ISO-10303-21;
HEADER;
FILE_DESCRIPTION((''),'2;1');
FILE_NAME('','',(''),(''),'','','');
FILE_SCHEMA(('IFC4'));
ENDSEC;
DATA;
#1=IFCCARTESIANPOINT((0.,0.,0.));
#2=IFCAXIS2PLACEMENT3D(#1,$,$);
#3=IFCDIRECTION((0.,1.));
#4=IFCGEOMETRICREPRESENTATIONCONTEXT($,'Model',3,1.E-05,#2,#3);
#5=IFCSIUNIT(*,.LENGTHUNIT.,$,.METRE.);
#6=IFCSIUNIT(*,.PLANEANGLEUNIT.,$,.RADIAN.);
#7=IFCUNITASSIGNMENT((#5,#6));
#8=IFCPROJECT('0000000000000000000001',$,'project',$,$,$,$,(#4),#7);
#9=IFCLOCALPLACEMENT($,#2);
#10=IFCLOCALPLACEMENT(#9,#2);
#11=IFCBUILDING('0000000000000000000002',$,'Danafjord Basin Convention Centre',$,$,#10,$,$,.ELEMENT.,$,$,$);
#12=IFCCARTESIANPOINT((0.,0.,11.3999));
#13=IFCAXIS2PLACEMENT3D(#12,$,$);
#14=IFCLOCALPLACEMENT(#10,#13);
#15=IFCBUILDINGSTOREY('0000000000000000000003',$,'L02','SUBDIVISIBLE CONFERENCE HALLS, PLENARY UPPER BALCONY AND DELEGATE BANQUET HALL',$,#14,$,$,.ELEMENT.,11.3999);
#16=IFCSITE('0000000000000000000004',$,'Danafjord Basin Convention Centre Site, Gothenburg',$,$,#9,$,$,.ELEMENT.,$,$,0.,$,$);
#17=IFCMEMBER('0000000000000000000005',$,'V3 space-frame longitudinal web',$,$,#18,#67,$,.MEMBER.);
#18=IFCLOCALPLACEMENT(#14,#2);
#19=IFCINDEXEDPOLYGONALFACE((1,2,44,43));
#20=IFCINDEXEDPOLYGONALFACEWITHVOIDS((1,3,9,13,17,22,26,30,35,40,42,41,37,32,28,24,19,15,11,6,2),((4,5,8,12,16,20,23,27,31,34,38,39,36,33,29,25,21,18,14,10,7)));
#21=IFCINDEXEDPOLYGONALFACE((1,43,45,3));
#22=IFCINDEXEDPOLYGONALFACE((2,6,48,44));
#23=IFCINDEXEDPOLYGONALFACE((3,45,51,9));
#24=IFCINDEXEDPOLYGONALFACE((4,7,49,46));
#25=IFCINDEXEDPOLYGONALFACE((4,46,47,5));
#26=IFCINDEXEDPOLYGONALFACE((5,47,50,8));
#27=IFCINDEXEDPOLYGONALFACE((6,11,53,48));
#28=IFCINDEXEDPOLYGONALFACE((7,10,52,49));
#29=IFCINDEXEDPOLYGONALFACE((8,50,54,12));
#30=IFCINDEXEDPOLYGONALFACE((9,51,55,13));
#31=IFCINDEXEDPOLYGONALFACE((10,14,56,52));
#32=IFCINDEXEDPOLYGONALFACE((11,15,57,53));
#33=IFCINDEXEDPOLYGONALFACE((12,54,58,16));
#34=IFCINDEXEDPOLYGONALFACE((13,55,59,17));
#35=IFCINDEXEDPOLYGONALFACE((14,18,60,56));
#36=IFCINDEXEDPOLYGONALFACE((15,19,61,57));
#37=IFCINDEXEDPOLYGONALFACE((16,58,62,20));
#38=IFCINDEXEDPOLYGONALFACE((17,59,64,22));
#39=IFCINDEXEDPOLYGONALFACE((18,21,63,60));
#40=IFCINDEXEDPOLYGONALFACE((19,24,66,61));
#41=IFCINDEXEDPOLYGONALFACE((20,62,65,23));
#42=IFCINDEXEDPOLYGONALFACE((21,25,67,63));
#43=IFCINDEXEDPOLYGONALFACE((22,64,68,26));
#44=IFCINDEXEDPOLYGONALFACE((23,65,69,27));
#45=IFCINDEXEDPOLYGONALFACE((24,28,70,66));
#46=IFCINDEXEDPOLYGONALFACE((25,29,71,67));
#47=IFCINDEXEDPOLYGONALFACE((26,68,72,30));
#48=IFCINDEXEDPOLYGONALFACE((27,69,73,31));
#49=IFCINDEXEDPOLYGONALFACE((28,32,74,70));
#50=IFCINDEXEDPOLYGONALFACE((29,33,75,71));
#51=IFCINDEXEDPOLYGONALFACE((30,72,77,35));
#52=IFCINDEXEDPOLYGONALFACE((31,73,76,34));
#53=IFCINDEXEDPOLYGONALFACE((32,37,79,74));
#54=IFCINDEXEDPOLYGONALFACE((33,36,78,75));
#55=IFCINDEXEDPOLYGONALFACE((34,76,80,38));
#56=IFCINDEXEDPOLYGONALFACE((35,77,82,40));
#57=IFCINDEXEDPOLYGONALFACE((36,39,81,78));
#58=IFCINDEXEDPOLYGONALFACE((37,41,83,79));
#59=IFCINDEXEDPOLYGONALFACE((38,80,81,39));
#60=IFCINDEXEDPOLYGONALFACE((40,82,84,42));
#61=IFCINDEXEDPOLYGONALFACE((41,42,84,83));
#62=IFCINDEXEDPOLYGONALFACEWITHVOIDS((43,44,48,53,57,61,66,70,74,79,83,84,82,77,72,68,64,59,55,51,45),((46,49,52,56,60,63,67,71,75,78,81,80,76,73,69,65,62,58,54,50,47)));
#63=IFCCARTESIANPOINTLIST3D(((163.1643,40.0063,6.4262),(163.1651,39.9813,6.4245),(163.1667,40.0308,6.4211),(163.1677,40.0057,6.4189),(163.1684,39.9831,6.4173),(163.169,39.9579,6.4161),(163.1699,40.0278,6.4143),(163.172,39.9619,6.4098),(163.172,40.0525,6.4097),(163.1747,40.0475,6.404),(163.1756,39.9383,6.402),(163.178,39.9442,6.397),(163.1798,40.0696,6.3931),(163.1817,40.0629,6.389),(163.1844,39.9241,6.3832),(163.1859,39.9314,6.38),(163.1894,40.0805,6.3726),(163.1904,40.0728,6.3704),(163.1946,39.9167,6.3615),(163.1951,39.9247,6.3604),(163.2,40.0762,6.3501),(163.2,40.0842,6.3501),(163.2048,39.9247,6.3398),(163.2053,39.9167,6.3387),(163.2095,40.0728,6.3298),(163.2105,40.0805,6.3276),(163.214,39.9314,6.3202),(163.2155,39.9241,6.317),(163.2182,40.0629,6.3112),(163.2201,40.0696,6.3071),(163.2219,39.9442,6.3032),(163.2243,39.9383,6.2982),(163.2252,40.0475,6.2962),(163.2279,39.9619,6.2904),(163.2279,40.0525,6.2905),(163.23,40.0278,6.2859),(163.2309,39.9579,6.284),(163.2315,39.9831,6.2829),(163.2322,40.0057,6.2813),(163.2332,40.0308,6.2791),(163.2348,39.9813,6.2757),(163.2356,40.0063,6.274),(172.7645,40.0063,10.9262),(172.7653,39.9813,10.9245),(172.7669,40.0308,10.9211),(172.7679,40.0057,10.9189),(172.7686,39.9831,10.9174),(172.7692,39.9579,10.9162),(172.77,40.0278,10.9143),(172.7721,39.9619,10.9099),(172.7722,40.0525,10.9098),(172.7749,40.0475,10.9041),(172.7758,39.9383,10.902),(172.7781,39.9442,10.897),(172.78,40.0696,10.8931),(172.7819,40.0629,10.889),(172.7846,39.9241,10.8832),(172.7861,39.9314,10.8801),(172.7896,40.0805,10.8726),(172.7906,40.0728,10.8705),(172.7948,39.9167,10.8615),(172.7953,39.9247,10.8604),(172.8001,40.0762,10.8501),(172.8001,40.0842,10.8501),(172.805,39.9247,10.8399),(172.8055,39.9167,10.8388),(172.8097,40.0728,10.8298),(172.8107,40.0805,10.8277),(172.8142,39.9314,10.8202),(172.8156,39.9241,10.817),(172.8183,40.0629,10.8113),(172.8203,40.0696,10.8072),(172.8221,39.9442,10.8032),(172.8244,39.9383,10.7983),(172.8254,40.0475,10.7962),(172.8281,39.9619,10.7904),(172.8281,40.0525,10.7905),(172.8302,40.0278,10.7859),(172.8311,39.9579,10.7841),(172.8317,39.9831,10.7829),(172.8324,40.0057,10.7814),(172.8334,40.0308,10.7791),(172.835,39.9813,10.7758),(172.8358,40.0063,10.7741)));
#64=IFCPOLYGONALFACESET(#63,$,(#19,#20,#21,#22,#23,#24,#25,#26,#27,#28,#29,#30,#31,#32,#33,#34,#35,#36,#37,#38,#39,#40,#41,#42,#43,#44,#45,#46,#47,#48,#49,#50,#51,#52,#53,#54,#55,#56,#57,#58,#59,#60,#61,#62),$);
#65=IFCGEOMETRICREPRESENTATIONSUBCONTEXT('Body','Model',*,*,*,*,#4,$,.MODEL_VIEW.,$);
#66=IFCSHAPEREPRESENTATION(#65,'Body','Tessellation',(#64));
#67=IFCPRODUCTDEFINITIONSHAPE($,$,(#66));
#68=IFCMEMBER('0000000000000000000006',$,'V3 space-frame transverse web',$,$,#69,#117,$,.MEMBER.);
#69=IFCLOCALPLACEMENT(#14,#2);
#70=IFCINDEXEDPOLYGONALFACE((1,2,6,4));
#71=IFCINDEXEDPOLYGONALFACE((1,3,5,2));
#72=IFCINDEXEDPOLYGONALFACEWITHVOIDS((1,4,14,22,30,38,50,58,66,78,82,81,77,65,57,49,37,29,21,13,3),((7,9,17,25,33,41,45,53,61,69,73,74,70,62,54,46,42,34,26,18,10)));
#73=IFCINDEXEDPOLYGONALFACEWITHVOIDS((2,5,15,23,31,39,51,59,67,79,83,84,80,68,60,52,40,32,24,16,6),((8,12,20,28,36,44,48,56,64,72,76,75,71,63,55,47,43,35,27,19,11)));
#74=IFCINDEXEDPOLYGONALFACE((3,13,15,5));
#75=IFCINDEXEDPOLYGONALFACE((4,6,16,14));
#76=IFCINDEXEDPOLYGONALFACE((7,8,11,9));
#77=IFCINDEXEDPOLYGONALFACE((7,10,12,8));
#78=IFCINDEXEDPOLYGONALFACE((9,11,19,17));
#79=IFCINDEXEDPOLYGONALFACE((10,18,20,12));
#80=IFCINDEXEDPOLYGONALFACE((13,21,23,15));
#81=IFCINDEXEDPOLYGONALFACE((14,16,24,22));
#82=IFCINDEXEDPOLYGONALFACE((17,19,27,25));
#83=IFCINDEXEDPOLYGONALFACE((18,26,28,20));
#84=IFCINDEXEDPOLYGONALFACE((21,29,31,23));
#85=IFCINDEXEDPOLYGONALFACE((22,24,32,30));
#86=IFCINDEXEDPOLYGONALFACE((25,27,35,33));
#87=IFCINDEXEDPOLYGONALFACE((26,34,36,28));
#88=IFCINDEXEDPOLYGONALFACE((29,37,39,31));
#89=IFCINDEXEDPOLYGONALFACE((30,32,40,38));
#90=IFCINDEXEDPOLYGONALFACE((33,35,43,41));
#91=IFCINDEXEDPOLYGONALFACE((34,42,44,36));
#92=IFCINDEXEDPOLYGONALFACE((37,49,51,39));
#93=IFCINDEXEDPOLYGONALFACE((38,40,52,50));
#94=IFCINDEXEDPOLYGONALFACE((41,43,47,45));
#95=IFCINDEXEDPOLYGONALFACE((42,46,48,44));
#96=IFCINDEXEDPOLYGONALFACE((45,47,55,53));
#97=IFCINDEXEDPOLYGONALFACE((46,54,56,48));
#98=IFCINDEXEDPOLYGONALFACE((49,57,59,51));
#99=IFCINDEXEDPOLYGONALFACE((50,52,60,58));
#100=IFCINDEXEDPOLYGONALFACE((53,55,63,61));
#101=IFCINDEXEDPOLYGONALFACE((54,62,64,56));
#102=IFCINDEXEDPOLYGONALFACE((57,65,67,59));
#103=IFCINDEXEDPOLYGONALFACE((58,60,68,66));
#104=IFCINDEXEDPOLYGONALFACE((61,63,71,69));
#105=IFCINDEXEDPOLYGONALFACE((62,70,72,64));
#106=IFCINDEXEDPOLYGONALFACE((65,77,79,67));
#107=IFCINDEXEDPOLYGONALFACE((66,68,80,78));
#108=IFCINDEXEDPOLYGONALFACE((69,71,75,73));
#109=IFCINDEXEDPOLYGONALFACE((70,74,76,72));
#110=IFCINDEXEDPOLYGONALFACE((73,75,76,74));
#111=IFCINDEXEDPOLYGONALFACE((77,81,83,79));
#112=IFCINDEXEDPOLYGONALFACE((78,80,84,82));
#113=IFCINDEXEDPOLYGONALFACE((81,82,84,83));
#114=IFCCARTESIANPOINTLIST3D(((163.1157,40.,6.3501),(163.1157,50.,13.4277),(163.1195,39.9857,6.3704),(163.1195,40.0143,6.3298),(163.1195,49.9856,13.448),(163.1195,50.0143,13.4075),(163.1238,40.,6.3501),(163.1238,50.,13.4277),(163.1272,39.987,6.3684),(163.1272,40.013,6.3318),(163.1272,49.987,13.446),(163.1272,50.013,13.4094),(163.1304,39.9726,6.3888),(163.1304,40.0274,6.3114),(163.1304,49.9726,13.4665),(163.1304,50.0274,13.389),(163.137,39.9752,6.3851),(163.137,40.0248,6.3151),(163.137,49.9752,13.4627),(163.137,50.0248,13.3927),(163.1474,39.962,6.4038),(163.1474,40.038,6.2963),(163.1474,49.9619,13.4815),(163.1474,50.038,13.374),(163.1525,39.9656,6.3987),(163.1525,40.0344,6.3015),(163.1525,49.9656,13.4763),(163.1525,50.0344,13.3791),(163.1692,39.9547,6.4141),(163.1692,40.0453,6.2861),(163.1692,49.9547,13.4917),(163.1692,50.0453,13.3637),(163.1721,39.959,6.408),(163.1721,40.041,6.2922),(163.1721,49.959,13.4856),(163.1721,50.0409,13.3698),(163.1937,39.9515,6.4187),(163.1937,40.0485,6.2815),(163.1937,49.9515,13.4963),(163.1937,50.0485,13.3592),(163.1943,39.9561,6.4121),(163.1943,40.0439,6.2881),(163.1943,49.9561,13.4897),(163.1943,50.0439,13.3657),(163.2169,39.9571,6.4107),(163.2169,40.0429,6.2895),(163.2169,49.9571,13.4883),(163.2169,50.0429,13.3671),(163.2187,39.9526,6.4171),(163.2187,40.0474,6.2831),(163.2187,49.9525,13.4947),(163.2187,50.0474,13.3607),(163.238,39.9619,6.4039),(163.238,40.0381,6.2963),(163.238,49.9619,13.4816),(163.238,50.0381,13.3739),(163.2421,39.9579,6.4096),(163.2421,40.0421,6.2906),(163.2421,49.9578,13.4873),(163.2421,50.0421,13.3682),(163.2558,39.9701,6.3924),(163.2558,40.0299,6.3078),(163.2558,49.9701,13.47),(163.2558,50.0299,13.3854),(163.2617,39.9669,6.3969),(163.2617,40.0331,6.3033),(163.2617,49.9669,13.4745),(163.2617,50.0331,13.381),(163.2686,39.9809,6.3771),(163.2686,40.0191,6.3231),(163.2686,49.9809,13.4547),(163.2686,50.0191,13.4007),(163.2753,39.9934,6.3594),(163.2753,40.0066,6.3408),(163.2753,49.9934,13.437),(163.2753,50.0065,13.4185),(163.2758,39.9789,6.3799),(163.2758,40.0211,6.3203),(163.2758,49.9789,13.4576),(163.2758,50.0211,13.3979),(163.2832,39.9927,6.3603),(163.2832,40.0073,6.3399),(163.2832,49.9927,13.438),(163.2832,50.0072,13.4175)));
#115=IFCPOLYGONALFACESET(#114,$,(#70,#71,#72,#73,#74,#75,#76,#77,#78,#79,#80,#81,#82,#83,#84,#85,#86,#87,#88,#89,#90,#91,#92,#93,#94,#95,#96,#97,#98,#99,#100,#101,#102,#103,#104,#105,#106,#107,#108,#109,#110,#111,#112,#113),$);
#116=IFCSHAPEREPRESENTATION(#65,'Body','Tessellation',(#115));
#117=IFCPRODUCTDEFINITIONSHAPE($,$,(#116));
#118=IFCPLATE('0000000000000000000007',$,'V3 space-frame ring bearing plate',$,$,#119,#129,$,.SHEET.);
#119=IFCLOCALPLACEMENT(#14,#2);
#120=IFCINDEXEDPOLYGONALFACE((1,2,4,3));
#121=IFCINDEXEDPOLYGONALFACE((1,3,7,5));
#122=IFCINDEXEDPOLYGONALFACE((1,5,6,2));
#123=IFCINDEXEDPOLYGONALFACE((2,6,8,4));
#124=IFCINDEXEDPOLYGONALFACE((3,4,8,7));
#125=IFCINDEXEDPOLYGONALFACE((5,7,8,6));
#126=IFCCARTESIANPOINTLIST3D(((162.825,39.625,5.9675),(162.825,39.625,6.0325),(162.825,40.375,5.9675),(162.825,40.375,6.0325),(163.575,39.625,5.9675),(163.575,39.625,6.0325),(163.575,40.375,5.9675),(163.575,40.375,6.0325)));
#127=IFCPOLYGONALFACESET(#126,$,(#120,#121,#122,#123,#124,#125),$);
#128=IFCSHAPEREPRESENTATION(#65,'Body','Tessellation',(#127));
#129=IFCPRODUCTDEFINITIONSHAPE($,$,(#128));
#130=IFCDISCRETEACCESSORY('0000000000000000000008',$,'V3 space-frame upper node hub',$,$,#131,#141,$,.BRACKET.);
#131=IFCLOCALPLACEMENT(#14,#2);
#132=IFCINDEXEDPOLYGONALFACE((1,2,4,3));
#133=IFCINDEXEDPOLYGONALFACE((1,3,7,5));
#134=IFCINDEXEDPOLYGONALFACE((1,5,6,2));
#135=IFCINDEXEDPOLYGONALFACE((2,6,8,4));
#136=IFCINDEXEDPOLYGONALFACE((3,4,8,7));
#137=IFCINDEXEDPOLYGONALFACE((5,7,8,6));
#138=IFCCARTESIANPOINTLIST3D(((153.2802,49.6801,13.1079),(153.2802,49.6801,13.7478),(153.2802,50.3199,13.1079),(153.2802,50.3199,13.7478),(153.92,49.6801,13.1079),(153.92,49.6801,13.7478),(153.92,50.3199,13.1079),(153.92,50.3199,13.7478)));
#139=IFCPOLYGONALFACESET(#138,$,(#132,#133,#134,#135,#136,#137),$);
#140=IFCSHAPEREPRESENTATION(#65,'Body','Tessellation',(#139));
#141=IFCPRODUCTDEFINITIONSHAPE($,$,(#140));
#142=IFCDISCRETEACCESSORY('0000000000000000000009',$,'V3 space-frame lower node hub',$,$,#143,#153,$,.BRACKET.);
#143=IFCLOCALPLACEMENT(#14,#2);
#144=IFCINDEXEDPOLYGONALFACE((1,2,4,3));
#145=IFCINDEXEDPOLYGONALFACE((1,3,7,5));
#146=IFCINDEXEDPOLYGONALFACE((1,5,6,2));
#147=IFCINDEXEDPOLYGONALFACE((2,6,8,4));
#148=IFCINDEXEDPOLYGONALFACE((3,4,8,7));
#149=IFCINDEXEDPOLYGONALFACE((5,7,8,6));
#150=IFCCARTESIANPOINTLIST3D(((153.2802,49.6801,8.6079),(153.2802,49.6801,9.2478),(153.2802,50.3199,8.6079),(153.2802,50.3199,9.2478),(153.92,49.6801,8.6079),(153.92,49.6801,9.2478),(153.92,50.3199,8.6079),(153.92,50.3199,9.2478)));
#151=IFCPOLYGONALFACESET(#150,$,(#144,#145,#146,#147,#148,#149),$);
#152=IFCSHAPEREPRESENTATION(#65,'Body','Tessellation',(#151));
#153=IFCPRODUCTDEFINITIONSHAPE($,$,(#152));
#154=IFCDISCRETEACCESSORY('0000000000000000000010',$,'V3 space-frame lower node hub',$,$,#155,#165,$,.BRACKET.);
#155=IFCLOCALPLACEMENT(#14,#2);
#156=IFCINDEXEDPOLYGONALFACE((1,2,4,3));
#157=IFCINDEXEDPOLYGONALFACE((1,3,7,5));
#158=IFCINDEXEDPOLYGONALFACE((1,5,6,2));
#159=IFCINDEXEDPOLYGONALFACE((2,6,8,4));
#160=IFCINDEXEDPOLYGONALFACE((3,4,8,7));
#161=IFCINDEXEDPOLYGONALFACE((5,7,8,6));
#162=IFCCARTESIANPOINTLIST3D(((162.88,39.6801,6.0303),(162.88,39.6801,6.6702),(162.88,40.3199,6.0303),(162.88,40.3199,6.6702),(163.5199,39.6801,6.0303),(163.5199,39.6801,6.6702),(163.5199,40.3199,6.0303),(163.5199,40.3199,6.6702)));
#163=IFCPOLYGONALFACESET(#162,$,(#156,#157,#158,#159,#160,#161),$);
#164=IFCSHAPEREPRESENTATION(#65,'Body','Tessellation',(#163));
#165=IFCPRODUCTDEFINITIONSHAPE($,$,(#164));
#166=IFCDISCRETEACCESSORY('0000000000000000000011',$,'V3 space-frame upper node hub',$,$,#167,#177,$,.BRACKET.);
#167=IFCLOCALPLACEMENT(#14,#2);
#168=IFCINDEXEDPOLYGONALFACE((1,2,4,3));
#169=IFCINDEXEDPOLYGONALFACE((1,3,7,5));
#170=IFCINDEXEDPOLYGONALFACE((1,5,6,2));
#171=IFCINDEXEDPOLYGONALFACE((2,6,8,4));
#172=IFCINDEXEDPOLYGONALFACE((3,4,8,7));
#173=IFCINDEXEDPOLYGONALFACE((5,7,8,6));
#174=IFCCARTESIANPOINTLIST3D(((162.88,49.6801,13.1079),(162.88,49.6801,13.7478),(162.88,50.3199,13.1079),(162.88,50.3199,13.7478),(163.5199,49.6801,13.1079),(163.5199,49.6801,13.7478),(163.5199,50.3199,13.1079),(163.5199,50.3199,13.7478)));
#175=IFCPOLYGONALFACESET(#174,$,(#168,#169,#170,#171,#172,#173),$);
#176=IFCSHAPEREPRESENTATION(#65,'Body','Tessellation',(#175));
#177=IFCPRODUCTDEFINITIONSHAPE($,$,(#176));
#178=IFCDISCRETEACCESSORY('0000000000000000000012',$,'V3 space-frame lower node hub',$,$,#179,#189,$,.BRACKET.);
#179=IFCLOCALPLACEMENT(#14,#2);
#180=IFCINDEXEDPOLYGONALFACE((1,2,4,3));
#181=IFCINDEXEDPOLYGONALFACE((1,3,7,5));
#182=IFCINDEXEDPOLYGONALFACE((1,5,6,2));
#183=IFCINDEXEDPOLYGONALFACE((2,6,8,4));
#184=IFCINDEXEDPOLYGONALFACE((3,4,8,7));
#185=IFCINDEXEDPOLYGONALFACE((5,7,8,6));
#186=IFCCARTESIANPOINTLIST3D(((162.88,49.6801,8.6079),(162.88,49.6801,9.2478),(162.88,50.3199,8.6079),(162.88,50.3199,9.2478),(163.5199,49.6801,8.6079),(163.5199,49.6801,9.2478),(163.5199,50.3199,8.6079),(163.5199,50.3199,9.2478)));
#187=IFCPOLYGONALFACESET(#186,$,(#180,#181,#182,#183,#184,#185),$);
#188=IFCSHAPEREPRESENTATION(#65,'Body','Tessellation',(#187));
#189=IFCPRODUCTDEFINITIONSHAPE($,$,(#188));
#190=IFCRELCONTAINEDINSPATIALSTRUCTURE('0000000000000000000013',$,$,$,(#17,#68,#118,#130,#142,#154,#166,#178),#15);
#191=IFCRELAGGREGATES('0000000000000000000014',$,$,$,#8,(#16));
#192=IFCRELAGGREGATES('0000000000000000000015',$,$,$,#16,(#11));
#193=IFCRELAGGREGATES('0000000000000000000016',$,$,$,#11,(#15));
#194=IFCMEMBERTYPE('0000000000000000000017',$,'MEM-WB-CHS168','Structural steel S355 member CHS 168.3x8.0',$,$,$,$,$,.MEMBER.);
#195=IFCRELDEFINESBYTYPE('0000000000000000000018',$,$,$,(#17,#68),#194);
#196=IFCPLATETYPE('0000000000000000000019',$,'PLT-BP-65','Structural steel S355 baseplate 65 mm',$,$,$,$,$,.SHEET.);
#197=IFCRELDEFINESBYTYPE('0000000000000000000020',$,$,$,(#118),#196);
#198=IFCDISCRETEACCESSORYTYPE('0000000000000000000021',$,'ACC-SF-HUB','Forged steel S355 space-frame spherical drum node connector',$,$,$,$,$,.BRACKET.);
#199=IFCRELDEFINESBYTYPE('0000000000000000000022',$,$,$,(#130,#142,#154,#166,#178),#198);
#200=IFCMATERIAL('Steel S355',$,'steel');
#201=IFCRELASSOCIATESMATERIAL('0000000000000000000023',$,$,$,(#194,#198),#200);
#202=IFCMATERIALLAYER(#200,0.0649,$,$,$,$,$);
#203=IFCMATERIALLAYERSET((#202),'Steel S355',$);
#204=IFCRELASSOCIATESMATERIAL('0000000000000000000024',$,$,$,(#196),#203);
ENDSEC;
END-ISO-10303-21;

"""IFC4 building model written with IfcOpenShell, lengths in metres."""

from ifc_helpers import new_model, si_unit, direction, frame, origin, origin_2d, place, context, subcontext, project, spatial, rectangle, hollow_circle, extrude, material, layer, layer_set, material_profile, profile_set, type_object, element, save


model = new_model("IFC4")

# Units and contexts
model_context = context("Model", 3, precision=1e-05, world=origin(), true_north=direction((0.0, 1.0)))
body_context = subcontext(model_context, "Body", "Model", "MODEL_VIEW")
ifc_project = project(units=[si_unit("LENGTHUNIT", "METRE"), si_unit("PLANEANGLEUNIT", "RADIAN")], contexts=[model_context])

# Site, building, storey
site_placement = place(None, origin())
site = spatial("IfcSite", under=ifc_project, at=site_placement, Name="Danafjord Basin Convention Centre Site, Gothenburg", CompositionType="ELEMENT", RefElevation=0.0)
building_placement = place(site_placement, origin())
building = spatial("IfcBuilding", under=site, at=building_placement, Name="Danafjord Basin Convention Centre", CompositionType="ELEMENT")
storey_placement = place(building_placement, frame((0.0, 0.0, 11.3999)))
storey = spatial("IfcBuildingStorey", under=building, at=storey_placement, Name="L02", Description="SUBDIVISIBLE CONFERENCE HALLS, PLENARY UPPER BALCONY AND DELEGATE BANQUET HALL", CompositionType="ELEMENT", Elevation=11.3999)

# Members
ifc_material = material(Name="Steel S355", Category="steel")
ifc_material_profile_1 = material_profile(ifc_material, hollow_circle(Radius=0.0842, WallThickness=0.0081, at=origin_2d()), Name="CHS 168.3x8.0")
ifc_profile_set_1 = profile_set([ifc_material_profile_1], Name="Steel S355")
member_type_1 = type_object("IfcMemberType", Name="MEM-WB-CHS168", Description="Structural steel S355 member CHS 168.3x8.0", PredefinedType="MEMBER", material=ifc_profile_set_1)
member_1_placement = place(storey_placement, frame((163.2, 40.0, 6.3501), z_axis=(0.905461, 0.0, 0.42443), x_axis=(0.0, 1.0, 0.0)))
element("IfcMember", 1, at=member_1_placement, inside=storey, type_object=member_type_1, Name="V3 space-frame longitudinal web", PredefinedType="MEMBER", context=body_context, shape_type="SweptSolid", body=[
    extrude(hollow_circle(Radius=0.0842, WallThickness=0.0081, at=origin_2d()), origin(), (0.0, 0.0, 1.0), 10.6025),
])
member_2_placement = place(storey_placement, frame((163.2, 40.0, 6.3501), z_axis=(0.0, 0.816244, 0.577708), x_axis=(-1.0, 0.0, 0.0)))
element("IfcMember", 2, at=member_2_placement, inside=storey, type_object=member_type_1, Name="V3 space-frame transverse web", PredefinedType="MEMBER", context=body_context, shape_type="SweptSolid", body=[
    extrude(hollow_circle(Radius=0.0842, WallThickness=0.0081, at=origin_2d()), origin(), (0.0, 0.0, 1.0), 12.2512),
])

# Plate
ifc_layer = layer(ifc_material, 0.0649)
ifc_layer_set = layer_set([ifc_layer], Name="Steel S355")
plate_type = type_object("IfcPlateType", Name="PLT-BP-65", Description="Structural steel S355 baseplate 65 mm", PredefinedType="SHEET", material=ifc_layer_set)
plate_placement = place(storey_placement, frame((163.2, 40.0, 5.9675), z_axis=(0.0, 0.0, 1.0), x_axis=(1.0, 0.0, 0.0)))
element("IfcPlate", 3, at=plate_placement, inside=storey, type_object=plate_type, Name="V3 space-frame ring bearing plate", PredefinedType="SHEET", context=body_context, shape_type="SweptSolid", body=[
    extrude(rectangle(XDim=0.75, YDim=0.75, at=origin_2d()), origin(), (0.0, 0.0, 1.0), 0.0649),
])

# Discrete accessories
discrete_accessory_type = type_object("IfcDiscreteAccessoryType", Name="ACC-SF-HUB", Description="Forged steel S355 space-frame spherical drum node connector", PredefinedType="BRACKET", material=ifc_material)
for number, where, z_axis, x_axis, name in (
    (4, (153.6001, 50.0, 13.1079), (0.0, 0.0, 1.0), (1.0, 0.0, 0.0), "V3 space-frame upper node hub"),
    (5, (153.6001, 50.0, 8.6079), (0.0, 0.0, 1.0), (1.0, 0.0, 0.0), "V3 space-frame lower node hub"),
    (6, (163.2, 40.0, 6.0303), (0.0, 0.0, 1.0), (1.0, 0.0, 0.0), "V3 space-frame lower node hub"),
    (7, (163.2, 50.0, 13.1079), (0.0, 0.0, 1.0), (1.0, 0.0, 0.0), "V3 space-frame upper node hub"),
    (8, (163.2, 50.0, 8.6079), (0.0, 0.0, 1.0), (1.0, 0.0, 0.0), "V3 space-frame lower node hub"),
):
    element("IfcDiscreteAccessory", number, at=place(storey_placement, frame(where, z_axis=z_axis, x_axis=x_axis)), inside=storey, type_object=discrete_accessory_type, Name=name, PredefinedType="BRACKET", context=body_context, shape_type="SweptSolid", body=[
        extrude(rectangle(XDim=0.6399, YDim=0.6399, at=origin_2d()), origin(), (0.0, 0.0, 1.0), 0.6399),
    ])

save(model, "model.ifc")
